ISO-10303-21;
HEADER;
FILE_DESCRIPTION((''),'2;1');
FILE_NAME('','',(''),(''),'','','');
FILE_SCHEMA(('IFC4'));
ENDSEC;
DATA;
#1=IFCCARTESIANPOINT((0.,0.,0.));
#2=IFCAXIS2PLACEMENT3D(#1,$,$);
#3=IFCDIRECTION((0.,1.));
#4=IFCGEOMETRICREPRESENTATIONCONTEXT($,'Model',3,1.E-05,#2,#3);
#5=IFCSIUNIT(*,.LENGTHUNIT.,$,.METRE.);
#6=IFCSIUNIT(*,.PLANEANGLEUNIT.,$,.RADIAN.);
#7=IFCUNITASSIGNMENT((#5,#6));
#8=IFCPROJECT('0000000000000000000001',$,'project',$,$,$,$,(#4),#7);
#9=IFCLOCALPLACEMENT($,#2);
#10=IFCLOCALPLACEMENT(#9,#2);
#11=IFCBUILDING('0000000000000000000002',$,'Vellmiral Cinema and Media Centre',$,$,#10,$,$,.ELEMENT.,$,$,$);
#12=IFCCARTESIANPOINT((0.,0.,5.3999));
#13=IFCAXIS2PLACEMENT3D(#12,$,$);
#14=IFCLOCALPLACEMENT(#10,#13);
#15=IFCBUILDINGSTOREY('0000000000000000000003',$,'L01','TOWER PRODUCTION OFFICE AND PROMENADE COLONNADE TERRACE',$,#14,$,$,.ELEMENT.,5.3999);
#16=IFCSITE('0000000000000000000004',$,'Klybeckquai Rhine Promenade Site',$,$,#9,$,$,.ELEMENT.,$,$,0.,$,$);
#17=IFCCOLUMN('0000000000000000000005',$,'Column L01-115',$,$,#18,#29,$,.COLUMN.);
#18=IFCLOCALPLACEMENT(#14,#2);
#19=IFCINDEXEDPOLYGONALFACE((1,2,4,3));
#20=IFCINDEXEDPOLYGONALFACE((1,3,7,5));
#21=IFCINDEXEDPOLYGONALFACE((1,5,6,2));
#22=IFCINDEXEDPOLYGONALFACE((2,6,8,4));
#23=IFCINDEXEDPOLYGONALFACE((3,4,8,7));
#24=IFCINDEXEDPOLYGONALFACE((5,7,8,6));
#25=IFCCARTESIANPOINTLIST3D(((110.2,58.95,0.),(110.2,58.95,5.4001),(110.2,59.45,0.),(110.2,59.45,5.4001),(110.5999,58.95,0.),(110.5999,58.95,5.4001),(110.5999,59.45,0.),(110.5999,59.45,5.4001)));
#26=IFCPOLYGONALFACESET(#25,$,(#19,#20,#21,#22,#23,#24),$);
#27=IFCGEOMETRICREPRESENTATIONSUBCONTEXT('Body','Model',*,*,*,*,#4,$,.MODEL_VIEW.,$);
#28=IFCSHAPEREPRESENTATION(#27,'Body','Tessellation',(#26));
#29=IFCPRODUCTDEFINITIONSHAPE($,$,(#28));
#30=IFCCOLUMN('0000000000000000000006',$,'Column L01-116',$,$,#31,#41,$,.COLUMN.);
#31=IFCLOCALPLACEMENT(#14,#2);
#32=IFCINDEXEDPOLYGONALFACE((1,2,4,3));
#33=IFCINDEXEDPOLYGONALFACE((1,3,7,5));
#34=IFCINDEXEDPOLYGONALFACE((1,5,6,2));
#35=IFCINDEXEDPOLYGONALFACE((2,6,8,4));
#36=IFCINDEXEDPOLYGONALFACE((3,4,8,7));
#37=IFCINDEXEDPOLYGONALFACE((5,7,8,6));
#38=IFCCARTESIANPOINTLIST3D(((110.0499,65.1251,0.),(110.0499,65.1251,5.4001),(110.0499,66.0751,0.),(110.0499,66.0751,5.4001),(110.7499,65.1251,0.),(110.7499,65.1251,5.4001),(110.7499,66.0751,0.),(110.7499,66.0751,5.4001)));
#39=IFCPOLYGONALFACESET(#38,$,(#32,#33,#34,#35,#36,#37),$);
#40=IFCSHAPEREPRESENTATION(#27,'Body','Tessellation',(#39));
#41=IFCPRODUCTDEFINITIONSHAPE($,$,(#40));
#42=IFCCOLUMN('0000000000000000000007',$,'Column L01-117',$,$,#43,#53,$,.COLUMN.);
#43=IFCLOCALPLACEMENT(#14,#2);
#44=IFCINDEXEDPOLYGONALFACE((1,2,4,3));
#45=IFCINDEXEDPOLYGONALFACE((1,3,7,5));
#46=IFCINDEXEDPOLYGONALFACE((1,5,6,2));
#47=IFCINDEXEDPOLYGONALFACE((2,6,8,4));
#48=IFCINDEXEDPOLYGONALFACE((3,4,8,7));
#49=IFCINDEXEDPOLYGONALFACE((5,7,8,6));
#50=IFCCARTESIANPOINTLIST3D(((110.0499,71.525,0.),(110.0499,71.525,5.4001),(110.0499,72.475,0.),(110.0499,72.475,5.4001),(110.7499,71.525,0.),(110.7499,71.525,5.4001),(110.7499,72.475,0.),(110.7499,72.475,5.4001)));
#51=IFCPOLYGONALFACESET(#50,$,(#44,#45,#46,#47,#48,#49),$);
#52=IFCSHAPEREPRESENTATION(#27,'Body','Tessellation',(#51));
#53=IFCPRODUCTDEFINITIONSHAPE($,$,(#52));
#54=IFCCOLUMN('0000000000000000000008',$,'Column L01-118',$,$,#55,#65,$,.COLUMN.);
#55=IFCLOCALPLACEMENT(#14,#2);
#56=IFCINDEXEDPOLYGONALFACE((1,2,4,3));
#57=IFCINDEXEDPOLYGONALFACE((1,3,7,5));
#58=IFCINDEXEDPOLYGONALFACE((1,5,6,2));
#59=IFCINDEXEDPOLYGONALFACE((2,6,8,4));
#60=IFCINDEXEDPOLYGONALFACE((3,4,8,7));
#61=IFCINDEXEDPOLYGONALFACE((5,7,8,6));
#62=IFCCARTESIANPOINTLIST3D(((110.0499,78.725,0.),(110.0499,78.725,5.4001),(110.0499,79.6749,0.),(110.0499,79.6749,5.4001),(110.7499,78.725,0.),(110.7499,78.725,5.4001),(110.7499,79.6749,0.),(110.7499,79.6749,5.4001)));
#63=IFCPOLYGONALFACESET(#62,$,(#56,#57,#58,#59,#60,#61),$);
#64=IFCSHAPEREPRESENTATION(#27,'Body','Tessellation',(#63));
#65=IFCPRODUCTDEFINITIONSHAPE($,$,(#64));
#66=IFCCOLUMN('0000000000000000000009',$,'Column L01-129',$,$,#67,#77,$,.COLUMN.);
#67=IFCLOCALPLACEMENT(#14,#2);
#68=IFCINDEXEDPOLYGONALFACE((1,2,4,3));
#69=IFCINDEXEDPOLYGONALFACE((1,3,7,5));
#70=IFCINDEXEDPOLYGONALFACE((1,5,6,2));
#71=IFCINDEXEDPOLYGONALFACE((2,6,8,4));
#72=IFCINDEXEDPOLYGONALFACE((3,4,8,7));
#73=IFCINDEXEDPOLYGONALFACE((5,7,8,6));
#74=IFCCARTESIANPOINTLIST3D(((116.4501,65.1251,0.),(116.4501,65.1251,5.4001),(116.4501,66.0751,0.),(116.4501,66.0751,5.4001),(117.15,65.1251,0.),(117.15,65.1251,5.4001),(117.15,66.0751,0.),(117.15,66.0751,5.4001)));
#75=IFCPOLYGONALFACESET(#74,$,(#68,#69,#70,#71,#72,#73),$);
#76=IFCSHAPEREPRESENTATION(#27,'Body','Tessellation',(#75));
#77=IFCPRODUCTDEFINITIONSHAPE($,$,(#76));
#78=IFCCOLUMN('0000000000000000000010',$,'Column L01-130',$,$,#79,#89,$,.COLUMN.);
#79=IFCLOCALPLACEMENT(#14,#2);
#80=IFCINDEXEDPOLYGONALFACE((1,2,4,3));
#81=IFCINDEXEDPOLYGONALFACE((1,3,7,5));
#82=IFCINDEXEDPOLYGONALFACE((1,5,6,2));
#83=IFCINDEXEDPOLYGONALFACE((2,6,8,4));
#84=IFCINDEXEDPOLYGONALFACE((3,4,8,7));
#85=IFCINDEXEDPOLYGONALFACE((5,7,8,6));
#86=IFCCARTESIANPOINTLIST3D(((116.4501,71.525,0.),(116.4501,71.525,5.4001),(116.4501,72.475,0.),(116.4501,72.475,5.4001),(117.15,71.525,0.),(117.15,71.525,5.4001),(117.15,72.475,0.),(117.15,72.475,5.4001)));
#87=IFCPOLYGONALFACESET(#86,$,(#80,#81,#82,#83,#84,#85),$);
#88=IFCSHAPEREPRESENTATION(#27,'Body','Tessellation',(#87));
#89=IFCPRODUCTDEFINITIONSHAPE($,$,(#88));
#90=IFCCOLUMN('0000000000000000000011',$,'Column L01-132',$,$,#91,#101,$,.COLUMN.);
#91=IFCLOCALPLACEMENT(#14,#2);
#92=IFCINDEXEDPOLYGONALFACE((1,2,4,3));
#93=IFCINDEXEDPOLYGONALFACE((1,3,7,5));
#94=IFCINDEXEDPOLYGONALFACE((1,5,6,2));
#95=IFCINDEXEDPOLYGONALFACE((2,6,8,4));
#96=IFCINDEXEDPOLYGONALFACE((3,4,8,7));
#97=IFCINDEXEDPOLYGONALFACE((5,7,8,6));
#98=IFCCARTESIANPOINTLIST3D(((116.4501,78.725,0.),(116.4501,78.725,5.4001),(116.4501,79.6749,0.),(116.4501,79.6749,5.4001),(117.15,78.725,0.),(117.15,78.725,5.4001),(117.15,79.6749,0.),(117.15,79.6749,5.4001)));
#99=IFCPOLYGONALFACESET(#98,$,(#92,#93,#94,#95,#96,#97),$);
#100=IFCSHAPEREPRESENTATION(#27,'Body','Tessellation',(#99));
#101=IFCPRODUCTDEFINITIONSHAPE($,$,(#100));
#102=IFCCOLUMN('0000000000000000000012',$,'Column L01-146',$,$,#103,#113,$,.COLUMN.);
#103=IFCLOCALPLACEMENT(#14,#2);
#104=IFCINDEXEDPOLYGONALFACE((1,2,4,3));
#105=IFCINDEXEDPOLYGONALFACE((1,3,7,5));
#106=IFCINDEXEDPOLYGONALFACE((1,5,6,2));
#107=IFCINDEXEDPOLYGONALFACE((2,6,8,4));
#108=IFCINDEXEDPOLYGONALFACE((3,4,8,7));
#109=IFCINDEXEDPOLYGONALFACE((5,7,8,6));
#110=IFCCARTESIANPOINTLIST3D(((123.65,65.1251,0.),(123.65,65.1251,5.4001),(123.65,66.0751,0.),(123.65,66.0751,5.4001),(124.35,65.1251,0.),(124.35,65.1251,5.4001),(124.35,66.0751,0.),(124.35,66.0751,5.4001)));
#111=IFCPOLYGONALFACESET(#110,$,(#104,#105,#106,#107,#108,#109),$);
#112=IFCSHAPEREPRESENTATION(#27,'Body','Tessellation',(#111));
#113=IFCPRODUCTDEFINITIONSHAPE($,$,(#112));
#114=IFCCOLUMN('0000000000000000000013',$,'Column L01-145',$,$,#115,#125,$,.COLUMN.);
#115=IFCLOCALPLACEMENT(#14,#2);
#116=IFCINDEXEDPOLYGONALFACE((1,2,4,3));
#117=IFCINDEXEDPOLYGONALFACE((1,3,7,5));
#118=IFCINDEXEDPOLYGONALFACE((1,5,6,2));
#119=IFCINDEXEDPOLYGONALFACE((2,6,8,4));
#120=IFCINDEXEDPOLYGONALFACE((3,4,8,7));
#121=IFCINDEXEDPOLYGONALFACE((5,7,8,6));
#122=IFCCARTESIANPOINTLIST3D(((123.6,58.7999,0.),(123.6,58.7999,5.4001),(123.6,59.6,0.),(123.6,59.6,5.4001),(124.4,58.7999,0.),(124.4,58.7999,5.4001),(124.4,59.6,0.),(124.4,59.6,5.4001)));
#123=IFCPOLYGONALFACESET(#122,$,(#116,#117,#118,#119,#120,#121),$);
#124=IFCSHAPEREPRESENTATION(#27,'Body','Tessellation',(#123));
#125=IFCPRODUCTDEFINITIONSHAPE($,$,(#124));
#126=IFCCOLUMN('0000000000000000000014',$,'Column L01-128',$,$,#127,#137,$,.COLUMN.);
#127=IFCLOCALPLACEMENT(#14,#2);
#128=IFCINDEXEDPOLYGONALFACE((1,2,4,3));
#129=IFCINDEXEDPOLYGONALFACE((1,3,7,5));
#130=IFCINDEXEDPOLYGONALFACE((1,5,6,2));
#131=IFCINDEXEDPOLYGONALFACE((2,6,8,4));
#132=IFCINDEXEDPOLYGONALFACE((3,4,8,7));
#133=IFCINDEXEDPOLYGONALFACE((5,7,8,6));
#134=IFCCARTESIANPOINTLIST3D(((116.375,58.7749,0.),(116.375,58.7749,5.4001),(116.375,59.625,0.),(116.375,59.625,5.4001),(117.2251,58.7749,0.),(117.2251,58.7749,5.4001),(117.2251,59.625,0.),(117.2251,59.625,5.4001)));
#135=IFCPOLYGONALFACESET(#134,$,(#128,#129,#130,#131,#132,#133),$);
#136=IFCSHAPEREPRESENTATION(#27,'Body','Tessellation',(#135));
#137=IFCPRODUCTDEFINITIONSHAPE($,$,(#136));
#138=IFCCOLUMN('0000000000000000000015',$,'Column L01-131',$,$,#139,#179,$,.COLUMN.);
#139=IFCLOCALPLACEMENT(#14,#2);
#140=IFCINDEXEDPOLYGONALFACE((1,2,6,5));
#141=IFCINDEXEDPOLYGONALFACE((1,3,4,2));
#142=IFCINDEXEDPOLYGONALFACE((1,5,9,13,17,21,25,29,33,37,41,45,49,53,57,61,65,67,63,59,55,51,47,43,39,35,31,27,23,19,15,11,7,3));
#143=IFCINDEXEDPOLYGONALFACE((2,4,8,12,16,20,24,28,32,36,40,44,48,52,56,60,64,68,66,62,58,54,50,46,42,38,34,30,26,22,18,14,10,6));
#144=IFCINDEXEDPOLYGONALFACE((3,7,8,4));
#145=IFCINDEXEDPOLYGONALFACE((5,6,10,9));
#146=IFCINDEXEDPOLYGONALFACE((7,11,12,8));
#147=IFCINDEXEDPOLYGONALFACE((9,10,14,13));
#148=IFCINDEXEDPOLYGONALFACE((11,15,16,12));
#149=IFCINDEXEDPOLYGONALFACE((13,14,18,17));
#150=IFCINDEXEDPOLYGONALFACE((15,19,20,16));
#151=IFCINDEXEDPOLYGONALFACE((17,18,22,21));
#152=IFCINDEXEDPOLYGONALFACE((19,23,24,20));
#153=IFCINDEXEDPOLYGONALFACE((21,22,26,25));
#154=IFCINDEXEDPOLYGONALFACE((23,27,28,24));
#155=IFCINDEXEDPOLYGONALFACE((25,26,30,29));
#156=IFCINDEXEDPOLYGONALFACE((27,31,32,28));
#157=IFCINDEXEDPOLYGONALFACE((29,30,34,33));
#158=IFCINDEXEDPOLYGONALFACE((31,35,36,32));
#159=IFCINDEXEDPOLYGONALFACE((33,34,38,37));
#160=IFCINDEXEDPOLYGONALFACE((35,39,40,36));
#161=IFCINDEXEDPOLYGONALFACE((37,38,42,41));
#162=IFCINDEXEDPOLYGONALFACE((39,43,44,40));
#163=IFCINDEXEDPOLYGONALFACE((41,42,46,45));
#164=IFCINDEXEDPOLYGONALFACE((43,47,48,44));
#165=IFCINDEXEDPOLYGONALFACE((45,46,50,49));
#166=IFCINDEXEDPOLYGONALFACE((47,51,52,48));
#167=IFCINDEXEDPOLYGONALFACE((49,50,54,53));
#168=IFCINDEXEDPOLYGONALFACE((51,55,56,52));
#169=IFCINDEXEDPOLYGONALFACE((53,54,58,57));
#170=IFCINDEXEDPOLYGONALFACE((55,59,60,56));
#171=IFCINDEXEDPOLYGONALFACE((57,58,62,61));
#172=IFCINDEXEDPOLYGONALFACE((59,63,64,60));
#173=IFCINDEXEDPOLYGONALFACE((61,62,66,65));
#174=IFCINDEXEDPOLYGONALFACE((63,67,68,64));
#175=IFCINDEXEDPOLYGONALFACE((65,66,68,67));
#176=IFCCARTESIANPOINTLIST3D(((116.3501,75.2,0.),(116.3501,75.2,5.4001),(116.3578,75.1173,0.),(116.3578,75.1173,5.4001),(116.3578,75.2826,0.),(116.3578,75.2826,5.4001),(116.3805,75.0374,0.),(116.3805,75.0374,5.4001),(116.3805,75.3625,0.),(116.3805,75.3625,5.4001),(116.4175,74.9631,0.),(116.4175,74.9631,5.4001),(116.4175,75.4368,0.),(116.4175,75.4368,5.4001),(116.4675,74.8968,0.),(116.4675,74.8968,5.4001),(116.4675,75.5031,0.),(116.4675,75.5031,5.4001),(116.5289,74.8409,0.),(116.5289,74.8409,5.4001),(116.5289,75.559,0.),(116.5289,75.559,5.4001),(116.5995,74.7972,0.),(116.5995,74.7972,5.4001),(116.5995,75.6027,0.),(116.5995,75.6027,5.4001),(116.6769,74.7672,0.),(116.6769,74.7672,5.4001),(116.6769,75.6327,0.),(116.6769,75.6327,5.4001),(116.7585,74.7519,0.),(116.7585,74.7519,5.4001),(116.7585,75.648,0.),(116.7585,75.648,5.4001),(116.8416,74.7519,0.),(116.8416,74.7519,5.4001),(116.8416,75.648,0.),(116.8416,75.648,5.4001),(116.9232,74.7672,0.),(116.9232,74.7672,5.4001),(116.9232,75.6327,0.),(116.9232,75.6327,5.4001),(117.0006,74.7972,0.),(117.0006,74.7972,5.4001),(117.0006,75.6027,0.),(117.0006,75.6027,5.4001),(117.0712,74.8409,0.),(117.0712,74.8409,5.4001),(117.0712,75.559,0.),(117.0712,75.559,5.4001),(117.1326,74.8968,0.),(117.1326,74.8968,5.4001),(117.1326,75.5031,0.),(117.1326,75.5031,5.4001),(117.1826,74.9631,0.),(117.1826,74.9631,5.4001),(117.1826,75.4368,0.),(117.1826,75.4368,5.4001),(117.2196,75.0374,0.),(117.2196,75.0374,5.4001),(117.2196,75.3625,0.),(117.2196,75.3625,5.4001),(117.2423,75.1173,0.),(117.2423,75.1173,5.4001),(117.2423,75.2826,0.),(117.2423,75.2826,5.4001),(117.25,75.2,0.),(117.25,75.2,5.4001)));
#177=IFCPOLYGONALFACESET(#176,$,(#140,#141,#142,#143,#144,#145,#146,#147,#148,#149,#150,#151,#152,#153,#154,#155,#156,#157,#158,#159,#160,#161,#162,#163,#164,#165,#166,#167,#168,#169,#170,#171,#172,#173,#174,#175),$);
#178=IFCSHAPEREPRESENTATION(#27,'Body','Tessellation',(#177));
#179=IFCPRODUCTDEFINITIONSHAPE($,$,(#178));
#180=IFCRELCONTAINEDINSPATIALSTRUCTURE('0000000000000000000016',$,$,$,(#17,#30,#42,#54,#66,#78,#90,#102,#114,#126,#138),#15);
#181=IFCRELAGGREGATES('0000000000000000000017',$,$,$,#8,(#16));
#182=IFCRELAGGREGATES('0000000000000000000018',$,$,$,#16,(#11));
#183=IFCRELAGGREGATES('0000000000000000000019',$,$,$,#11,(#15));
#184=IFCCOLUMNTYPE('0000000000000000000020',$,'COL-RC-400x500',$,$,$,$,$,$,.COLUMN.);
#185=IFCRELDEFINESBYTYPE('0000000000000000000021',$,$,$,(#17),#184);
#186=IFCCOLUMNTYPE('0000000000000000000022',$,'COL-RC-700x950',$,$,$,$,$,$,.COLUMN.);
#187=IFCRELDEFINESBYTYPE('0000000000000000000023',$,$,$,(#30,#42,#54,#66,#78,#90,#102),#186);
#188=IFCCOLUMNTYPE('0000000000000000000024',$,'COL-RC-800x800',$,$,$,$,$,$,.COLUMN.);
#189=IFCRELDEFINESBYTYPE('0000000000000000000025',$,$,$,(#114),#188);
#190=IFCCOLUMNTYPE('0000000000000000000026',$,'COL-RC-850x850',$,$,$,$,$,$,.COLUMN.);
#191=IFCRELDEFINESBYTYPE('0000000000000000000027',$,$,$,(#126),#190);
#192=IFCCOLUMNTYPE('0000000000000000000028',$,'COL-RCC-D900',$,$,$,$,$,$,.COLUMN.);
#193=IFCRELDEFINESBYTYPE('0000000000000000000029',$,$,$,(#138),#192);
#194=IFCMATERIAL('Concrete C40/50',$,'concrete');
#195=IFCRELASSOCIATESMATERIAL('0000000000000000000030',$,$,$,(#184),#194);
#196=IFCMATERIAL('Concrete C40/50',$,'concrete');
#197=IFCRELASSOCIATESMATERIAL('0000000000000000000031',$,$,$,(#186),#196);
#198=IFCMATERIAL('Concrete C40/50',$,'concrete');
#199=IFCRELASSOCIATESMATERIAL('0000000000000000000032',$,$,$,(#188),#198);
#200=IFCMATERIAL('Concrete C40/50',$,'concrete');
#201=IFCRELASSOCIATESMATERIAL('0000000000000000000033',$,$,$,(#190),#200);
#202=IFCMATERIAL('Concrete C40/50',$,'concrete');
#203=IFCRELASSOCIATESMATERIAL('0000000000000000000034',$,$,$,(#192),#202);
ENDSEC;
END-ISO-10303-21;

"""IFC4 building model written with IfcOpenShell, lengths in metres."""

from ifc_helpers import new_model, si_unit, direction, frame, origin, origin_2d, place, context, subcontext, project, spatial, rectangle, circle, extrude, material, material_profile, profile_set, type_object, element, save


model = new_model("IFC4")

# Units and contexts
model_context = context("Model", 3, precision=1e-05, world=origin(), true_north=direction((0.0, 1.0)))
body_context = subcontext(model_context, "Body", "Model", "MODEL_VIEW")
ifc_project = project(units=[si_unit("LENGTHUNIT", "METRE"), si_unit("PLANEANGLEUNIT", "RADIAN")], contexts=[model_context])

# Site, building, storey
site_placement = place(None, origin())
site = spatial("IfcSite", under=ifc_project, at=site_placement, Name="Klybeckquai Rhine Promenade Site", CompositionType="ELEMENT", RefElevation=0.0)
building_placement = place(site_placement, origin())
building = spatial("IfcBuilding", under=site, at=building_placement, Name="Vellmiral Cinema and Media Centre", CompositionType="ELEMENT")
storey_placement = place(building_placement, frame((0.0, 0.0, 5.3999)))
storey = spatial("IfcBuildingStorey", under=building, at=storey_placement, Name="L01", Description="TOWER PRODUCTION OFFICE AND PROMENADE COLONNADE TERRACE", CompositionType="ELEMENT", Elevation=5.3999)

# Columns
ifc_material_1 = material(Name="Concrete C40/50", Category="concrete")
ifc_material_profile_1 = material_profile(ifc_material_1, rectangle(XDim=0.3999, YDim=0.5, at=origin_2d()), Name="RC 400x500")
ifc_profile_set_1 = profile_set([ifc_material_profile_1], Name="Concrete C40/50")
column_type_1 = type_object("IfcColumnType", Name="COL-RC-400x500", PredefinedType="COLUMN", material=ifc_profile_set_1)
column_1_placement = place(storey_placement, frame((110.3999, 59.2, 0.0), z_axis=(0.0, 0.0, 1.0), x_axis=(1.0, 0.0, 0.0)))
element("IfcColumn", 1, at=column_1_placement, inside=storey, type_object=column_type_1, Name="Column L01-115", PredefinedType="COLUMN", context=body_context, shape_type="SweptSolid", body=[
    extrude(rectangle(XDim=0.3999, YDim=0.5, at=origin_2d()), origin(), (0.0, 0.0, 1.0), 5.4001),
])
ifc_material_2 = material(Name="Concrete C40/50", Category="concrete")
ifc_material_profile_2 = material_profile(ifc_material_2, rectangle(XDim=0.7, YDim=0.95, at=origin_2d()), Name="RC 700x950")
ifc_profile_set_2 = profile_set([ifc_material_profile_2], Name="Concrete C40/50")
column_type_2 = type_object("IfcColumnType", Name="COL-RC-700x950", PredefinedType="COLUMN", material=ifc_profile_set_2)
for number, where, z_axis, x_axis, name in (
    (2, (110.3999, 65.6001, 0.0), (0.0, 0.0, 1.0), (1.0, 0.0, 0.0), "Column L01-116"),
    (3, (110.3999, 72.0, 0.0), (0.0, 0.0, 1.0), (1.0, 0.0, 0.0), "Column L01-117"),
    (4, (110.3999, 79.2, 0.0), (0.0, 0.0, 1.0), (1.0, 0.0, 0.0), "Column L01-118"),
    (5, (116.8, 65.6001, 0.0), (0.0, 0.0, 1.0), (1.0, 0.0, 0.0), "Column L01-129"),
    (6, (116.8, 72.0, 0.0), (0.0, 0.0, 1.0), (1.0, 0.0, 0.0), "Column L01-130"),
    (7, (116.8, 79.2, 0.0), (0.0, 0.0, 1.0), (1.0, 0.0, 0.0), "Column L01-132"),
    (8, (124.0, 65.6001, 0.0), (0.0, 0.0, 1.0), (1.0, 0.0, 0.0), "Column L01-146"),
):
    element("IfcColumn", number, at=place(storey_placement, frame(where, z_axis=z_axis, x_axis=x_axis)), inside=storey, type_object=column_type_2, Name=name, PredefinedType="COLUMN", context=body_context, shape_type="SweptSolid", body=[
        extrude(rectangle(XDim=0.7, YDim=0.95, at=origin_2d()), origin(), (0.0, 0.0, 1.0), 5.4001),
    ])
ifc_material_3 = material(Name="Concrete C40/50", Category="concrete")
ifc_material_profile_3 = material_profile(ifc_material_3, rectangle(XDim=0.8, YDim=0.8, at=origin_2d()), Name="RC 800x800")
ifc_profile_set_3 = profile_set([ifc_material_profile_3], Name="Concrete C40/50")
column_type_3 = type_object("IfcColumnType", Name="COL-RC-800x800", PredefinedType="COLUMN", material=ifc_profile_set_3)
column_2_placement = place(storey_placement, frame((124.0, 59.2, 0.0), z_axis=(0.0, 0.0, 1.0), x_axis=(1.0, 0.0, 0.0)))
element("IfcColumn", 9, at=column_2_placement, inside=storey, type_object=column_type_3, Name="Column L01-145", PredefinedType="COLUMN", context=body_context, shape_type="SweptSolid", body=[
    extrude(rectangle(XDim=0.8, YDim=0.8, at=origin_2d()), origin(), (0.0, 0.0, 1.0), 5.4001),
])
ifc_material_4 = material(Name="Concrete C40/50", Category="concrete")
ifc_material_profile_4 = material_profile(ifc_material_4, rectangle(XDim=0.8501, YDim=0.8501, at=origin_2d()), Name="RC 850x850")
ifc_profile_set_4 = profile_set([ifc_material_profile_4], Name="Concrete C40/50")
column_type_4 = type_object("IfcColumnType", Name="COL-RC-850x850", PredefinedType="COLUMN", material=ifc_profile_set_4)
column_3_placement = place(storey_placement, frame((116.8, 59.2, 0.0), z_axis=(0.0, 0.0, 1.0), x_axis=(1.0, 0.0, 0.0)))
element("IfcColumn", 10, at=column_3_placement, inside=storey, type_object=column_type_4, Name="Column L01-128", PredefinedType="COLUMN", context=body_context, shape_type="SweptSolid", body=[
    extrude(rectangle(XDim=0.8501, YDim=0.8501, at=origin_2d()), origin(), (0.0, 0.0, 1.0), 5.4001),
])
ifc_material_5 = material(Name="Concrete C40/50", Category="concrete")
ifc_material_profile_5 = material_profile(ifc_material_5, circle(Radius=0.45, at=origin_2d()), Name="RC D900")
ifc_profile_set_5 = profile_set([ifc_material_profile_5], Name="Concrete C40/50")
column_type_5 = type_object("IfcColumnType", Name="COL-RCC-D900", PredefinedType="COLUMN", material=ifc_profile_set_5)
for number, where, z_axis, x_axis, name in (
    (11, (116.8, 75.2, 0.0), (0.0, 0.0, 1.0), (1.0, 0.0, 0.0), "Column L01-131"),
):
    element("IfcColumn", number, at=place(storey_placement, frame(where, z_axis=z_axis, x_axis=x_axis)), inside=storey, type_object=column_type_5, Name=name, PredefinedType="COLUMN", context=body_context, shape_type="SweptSolid", body=[
        extrude(circle(Radius=0.45, at=origin_2d()), origin(), (0.0, 0.0, 1.0), 5.4001),
    ])

save(model, "model.ifc")
